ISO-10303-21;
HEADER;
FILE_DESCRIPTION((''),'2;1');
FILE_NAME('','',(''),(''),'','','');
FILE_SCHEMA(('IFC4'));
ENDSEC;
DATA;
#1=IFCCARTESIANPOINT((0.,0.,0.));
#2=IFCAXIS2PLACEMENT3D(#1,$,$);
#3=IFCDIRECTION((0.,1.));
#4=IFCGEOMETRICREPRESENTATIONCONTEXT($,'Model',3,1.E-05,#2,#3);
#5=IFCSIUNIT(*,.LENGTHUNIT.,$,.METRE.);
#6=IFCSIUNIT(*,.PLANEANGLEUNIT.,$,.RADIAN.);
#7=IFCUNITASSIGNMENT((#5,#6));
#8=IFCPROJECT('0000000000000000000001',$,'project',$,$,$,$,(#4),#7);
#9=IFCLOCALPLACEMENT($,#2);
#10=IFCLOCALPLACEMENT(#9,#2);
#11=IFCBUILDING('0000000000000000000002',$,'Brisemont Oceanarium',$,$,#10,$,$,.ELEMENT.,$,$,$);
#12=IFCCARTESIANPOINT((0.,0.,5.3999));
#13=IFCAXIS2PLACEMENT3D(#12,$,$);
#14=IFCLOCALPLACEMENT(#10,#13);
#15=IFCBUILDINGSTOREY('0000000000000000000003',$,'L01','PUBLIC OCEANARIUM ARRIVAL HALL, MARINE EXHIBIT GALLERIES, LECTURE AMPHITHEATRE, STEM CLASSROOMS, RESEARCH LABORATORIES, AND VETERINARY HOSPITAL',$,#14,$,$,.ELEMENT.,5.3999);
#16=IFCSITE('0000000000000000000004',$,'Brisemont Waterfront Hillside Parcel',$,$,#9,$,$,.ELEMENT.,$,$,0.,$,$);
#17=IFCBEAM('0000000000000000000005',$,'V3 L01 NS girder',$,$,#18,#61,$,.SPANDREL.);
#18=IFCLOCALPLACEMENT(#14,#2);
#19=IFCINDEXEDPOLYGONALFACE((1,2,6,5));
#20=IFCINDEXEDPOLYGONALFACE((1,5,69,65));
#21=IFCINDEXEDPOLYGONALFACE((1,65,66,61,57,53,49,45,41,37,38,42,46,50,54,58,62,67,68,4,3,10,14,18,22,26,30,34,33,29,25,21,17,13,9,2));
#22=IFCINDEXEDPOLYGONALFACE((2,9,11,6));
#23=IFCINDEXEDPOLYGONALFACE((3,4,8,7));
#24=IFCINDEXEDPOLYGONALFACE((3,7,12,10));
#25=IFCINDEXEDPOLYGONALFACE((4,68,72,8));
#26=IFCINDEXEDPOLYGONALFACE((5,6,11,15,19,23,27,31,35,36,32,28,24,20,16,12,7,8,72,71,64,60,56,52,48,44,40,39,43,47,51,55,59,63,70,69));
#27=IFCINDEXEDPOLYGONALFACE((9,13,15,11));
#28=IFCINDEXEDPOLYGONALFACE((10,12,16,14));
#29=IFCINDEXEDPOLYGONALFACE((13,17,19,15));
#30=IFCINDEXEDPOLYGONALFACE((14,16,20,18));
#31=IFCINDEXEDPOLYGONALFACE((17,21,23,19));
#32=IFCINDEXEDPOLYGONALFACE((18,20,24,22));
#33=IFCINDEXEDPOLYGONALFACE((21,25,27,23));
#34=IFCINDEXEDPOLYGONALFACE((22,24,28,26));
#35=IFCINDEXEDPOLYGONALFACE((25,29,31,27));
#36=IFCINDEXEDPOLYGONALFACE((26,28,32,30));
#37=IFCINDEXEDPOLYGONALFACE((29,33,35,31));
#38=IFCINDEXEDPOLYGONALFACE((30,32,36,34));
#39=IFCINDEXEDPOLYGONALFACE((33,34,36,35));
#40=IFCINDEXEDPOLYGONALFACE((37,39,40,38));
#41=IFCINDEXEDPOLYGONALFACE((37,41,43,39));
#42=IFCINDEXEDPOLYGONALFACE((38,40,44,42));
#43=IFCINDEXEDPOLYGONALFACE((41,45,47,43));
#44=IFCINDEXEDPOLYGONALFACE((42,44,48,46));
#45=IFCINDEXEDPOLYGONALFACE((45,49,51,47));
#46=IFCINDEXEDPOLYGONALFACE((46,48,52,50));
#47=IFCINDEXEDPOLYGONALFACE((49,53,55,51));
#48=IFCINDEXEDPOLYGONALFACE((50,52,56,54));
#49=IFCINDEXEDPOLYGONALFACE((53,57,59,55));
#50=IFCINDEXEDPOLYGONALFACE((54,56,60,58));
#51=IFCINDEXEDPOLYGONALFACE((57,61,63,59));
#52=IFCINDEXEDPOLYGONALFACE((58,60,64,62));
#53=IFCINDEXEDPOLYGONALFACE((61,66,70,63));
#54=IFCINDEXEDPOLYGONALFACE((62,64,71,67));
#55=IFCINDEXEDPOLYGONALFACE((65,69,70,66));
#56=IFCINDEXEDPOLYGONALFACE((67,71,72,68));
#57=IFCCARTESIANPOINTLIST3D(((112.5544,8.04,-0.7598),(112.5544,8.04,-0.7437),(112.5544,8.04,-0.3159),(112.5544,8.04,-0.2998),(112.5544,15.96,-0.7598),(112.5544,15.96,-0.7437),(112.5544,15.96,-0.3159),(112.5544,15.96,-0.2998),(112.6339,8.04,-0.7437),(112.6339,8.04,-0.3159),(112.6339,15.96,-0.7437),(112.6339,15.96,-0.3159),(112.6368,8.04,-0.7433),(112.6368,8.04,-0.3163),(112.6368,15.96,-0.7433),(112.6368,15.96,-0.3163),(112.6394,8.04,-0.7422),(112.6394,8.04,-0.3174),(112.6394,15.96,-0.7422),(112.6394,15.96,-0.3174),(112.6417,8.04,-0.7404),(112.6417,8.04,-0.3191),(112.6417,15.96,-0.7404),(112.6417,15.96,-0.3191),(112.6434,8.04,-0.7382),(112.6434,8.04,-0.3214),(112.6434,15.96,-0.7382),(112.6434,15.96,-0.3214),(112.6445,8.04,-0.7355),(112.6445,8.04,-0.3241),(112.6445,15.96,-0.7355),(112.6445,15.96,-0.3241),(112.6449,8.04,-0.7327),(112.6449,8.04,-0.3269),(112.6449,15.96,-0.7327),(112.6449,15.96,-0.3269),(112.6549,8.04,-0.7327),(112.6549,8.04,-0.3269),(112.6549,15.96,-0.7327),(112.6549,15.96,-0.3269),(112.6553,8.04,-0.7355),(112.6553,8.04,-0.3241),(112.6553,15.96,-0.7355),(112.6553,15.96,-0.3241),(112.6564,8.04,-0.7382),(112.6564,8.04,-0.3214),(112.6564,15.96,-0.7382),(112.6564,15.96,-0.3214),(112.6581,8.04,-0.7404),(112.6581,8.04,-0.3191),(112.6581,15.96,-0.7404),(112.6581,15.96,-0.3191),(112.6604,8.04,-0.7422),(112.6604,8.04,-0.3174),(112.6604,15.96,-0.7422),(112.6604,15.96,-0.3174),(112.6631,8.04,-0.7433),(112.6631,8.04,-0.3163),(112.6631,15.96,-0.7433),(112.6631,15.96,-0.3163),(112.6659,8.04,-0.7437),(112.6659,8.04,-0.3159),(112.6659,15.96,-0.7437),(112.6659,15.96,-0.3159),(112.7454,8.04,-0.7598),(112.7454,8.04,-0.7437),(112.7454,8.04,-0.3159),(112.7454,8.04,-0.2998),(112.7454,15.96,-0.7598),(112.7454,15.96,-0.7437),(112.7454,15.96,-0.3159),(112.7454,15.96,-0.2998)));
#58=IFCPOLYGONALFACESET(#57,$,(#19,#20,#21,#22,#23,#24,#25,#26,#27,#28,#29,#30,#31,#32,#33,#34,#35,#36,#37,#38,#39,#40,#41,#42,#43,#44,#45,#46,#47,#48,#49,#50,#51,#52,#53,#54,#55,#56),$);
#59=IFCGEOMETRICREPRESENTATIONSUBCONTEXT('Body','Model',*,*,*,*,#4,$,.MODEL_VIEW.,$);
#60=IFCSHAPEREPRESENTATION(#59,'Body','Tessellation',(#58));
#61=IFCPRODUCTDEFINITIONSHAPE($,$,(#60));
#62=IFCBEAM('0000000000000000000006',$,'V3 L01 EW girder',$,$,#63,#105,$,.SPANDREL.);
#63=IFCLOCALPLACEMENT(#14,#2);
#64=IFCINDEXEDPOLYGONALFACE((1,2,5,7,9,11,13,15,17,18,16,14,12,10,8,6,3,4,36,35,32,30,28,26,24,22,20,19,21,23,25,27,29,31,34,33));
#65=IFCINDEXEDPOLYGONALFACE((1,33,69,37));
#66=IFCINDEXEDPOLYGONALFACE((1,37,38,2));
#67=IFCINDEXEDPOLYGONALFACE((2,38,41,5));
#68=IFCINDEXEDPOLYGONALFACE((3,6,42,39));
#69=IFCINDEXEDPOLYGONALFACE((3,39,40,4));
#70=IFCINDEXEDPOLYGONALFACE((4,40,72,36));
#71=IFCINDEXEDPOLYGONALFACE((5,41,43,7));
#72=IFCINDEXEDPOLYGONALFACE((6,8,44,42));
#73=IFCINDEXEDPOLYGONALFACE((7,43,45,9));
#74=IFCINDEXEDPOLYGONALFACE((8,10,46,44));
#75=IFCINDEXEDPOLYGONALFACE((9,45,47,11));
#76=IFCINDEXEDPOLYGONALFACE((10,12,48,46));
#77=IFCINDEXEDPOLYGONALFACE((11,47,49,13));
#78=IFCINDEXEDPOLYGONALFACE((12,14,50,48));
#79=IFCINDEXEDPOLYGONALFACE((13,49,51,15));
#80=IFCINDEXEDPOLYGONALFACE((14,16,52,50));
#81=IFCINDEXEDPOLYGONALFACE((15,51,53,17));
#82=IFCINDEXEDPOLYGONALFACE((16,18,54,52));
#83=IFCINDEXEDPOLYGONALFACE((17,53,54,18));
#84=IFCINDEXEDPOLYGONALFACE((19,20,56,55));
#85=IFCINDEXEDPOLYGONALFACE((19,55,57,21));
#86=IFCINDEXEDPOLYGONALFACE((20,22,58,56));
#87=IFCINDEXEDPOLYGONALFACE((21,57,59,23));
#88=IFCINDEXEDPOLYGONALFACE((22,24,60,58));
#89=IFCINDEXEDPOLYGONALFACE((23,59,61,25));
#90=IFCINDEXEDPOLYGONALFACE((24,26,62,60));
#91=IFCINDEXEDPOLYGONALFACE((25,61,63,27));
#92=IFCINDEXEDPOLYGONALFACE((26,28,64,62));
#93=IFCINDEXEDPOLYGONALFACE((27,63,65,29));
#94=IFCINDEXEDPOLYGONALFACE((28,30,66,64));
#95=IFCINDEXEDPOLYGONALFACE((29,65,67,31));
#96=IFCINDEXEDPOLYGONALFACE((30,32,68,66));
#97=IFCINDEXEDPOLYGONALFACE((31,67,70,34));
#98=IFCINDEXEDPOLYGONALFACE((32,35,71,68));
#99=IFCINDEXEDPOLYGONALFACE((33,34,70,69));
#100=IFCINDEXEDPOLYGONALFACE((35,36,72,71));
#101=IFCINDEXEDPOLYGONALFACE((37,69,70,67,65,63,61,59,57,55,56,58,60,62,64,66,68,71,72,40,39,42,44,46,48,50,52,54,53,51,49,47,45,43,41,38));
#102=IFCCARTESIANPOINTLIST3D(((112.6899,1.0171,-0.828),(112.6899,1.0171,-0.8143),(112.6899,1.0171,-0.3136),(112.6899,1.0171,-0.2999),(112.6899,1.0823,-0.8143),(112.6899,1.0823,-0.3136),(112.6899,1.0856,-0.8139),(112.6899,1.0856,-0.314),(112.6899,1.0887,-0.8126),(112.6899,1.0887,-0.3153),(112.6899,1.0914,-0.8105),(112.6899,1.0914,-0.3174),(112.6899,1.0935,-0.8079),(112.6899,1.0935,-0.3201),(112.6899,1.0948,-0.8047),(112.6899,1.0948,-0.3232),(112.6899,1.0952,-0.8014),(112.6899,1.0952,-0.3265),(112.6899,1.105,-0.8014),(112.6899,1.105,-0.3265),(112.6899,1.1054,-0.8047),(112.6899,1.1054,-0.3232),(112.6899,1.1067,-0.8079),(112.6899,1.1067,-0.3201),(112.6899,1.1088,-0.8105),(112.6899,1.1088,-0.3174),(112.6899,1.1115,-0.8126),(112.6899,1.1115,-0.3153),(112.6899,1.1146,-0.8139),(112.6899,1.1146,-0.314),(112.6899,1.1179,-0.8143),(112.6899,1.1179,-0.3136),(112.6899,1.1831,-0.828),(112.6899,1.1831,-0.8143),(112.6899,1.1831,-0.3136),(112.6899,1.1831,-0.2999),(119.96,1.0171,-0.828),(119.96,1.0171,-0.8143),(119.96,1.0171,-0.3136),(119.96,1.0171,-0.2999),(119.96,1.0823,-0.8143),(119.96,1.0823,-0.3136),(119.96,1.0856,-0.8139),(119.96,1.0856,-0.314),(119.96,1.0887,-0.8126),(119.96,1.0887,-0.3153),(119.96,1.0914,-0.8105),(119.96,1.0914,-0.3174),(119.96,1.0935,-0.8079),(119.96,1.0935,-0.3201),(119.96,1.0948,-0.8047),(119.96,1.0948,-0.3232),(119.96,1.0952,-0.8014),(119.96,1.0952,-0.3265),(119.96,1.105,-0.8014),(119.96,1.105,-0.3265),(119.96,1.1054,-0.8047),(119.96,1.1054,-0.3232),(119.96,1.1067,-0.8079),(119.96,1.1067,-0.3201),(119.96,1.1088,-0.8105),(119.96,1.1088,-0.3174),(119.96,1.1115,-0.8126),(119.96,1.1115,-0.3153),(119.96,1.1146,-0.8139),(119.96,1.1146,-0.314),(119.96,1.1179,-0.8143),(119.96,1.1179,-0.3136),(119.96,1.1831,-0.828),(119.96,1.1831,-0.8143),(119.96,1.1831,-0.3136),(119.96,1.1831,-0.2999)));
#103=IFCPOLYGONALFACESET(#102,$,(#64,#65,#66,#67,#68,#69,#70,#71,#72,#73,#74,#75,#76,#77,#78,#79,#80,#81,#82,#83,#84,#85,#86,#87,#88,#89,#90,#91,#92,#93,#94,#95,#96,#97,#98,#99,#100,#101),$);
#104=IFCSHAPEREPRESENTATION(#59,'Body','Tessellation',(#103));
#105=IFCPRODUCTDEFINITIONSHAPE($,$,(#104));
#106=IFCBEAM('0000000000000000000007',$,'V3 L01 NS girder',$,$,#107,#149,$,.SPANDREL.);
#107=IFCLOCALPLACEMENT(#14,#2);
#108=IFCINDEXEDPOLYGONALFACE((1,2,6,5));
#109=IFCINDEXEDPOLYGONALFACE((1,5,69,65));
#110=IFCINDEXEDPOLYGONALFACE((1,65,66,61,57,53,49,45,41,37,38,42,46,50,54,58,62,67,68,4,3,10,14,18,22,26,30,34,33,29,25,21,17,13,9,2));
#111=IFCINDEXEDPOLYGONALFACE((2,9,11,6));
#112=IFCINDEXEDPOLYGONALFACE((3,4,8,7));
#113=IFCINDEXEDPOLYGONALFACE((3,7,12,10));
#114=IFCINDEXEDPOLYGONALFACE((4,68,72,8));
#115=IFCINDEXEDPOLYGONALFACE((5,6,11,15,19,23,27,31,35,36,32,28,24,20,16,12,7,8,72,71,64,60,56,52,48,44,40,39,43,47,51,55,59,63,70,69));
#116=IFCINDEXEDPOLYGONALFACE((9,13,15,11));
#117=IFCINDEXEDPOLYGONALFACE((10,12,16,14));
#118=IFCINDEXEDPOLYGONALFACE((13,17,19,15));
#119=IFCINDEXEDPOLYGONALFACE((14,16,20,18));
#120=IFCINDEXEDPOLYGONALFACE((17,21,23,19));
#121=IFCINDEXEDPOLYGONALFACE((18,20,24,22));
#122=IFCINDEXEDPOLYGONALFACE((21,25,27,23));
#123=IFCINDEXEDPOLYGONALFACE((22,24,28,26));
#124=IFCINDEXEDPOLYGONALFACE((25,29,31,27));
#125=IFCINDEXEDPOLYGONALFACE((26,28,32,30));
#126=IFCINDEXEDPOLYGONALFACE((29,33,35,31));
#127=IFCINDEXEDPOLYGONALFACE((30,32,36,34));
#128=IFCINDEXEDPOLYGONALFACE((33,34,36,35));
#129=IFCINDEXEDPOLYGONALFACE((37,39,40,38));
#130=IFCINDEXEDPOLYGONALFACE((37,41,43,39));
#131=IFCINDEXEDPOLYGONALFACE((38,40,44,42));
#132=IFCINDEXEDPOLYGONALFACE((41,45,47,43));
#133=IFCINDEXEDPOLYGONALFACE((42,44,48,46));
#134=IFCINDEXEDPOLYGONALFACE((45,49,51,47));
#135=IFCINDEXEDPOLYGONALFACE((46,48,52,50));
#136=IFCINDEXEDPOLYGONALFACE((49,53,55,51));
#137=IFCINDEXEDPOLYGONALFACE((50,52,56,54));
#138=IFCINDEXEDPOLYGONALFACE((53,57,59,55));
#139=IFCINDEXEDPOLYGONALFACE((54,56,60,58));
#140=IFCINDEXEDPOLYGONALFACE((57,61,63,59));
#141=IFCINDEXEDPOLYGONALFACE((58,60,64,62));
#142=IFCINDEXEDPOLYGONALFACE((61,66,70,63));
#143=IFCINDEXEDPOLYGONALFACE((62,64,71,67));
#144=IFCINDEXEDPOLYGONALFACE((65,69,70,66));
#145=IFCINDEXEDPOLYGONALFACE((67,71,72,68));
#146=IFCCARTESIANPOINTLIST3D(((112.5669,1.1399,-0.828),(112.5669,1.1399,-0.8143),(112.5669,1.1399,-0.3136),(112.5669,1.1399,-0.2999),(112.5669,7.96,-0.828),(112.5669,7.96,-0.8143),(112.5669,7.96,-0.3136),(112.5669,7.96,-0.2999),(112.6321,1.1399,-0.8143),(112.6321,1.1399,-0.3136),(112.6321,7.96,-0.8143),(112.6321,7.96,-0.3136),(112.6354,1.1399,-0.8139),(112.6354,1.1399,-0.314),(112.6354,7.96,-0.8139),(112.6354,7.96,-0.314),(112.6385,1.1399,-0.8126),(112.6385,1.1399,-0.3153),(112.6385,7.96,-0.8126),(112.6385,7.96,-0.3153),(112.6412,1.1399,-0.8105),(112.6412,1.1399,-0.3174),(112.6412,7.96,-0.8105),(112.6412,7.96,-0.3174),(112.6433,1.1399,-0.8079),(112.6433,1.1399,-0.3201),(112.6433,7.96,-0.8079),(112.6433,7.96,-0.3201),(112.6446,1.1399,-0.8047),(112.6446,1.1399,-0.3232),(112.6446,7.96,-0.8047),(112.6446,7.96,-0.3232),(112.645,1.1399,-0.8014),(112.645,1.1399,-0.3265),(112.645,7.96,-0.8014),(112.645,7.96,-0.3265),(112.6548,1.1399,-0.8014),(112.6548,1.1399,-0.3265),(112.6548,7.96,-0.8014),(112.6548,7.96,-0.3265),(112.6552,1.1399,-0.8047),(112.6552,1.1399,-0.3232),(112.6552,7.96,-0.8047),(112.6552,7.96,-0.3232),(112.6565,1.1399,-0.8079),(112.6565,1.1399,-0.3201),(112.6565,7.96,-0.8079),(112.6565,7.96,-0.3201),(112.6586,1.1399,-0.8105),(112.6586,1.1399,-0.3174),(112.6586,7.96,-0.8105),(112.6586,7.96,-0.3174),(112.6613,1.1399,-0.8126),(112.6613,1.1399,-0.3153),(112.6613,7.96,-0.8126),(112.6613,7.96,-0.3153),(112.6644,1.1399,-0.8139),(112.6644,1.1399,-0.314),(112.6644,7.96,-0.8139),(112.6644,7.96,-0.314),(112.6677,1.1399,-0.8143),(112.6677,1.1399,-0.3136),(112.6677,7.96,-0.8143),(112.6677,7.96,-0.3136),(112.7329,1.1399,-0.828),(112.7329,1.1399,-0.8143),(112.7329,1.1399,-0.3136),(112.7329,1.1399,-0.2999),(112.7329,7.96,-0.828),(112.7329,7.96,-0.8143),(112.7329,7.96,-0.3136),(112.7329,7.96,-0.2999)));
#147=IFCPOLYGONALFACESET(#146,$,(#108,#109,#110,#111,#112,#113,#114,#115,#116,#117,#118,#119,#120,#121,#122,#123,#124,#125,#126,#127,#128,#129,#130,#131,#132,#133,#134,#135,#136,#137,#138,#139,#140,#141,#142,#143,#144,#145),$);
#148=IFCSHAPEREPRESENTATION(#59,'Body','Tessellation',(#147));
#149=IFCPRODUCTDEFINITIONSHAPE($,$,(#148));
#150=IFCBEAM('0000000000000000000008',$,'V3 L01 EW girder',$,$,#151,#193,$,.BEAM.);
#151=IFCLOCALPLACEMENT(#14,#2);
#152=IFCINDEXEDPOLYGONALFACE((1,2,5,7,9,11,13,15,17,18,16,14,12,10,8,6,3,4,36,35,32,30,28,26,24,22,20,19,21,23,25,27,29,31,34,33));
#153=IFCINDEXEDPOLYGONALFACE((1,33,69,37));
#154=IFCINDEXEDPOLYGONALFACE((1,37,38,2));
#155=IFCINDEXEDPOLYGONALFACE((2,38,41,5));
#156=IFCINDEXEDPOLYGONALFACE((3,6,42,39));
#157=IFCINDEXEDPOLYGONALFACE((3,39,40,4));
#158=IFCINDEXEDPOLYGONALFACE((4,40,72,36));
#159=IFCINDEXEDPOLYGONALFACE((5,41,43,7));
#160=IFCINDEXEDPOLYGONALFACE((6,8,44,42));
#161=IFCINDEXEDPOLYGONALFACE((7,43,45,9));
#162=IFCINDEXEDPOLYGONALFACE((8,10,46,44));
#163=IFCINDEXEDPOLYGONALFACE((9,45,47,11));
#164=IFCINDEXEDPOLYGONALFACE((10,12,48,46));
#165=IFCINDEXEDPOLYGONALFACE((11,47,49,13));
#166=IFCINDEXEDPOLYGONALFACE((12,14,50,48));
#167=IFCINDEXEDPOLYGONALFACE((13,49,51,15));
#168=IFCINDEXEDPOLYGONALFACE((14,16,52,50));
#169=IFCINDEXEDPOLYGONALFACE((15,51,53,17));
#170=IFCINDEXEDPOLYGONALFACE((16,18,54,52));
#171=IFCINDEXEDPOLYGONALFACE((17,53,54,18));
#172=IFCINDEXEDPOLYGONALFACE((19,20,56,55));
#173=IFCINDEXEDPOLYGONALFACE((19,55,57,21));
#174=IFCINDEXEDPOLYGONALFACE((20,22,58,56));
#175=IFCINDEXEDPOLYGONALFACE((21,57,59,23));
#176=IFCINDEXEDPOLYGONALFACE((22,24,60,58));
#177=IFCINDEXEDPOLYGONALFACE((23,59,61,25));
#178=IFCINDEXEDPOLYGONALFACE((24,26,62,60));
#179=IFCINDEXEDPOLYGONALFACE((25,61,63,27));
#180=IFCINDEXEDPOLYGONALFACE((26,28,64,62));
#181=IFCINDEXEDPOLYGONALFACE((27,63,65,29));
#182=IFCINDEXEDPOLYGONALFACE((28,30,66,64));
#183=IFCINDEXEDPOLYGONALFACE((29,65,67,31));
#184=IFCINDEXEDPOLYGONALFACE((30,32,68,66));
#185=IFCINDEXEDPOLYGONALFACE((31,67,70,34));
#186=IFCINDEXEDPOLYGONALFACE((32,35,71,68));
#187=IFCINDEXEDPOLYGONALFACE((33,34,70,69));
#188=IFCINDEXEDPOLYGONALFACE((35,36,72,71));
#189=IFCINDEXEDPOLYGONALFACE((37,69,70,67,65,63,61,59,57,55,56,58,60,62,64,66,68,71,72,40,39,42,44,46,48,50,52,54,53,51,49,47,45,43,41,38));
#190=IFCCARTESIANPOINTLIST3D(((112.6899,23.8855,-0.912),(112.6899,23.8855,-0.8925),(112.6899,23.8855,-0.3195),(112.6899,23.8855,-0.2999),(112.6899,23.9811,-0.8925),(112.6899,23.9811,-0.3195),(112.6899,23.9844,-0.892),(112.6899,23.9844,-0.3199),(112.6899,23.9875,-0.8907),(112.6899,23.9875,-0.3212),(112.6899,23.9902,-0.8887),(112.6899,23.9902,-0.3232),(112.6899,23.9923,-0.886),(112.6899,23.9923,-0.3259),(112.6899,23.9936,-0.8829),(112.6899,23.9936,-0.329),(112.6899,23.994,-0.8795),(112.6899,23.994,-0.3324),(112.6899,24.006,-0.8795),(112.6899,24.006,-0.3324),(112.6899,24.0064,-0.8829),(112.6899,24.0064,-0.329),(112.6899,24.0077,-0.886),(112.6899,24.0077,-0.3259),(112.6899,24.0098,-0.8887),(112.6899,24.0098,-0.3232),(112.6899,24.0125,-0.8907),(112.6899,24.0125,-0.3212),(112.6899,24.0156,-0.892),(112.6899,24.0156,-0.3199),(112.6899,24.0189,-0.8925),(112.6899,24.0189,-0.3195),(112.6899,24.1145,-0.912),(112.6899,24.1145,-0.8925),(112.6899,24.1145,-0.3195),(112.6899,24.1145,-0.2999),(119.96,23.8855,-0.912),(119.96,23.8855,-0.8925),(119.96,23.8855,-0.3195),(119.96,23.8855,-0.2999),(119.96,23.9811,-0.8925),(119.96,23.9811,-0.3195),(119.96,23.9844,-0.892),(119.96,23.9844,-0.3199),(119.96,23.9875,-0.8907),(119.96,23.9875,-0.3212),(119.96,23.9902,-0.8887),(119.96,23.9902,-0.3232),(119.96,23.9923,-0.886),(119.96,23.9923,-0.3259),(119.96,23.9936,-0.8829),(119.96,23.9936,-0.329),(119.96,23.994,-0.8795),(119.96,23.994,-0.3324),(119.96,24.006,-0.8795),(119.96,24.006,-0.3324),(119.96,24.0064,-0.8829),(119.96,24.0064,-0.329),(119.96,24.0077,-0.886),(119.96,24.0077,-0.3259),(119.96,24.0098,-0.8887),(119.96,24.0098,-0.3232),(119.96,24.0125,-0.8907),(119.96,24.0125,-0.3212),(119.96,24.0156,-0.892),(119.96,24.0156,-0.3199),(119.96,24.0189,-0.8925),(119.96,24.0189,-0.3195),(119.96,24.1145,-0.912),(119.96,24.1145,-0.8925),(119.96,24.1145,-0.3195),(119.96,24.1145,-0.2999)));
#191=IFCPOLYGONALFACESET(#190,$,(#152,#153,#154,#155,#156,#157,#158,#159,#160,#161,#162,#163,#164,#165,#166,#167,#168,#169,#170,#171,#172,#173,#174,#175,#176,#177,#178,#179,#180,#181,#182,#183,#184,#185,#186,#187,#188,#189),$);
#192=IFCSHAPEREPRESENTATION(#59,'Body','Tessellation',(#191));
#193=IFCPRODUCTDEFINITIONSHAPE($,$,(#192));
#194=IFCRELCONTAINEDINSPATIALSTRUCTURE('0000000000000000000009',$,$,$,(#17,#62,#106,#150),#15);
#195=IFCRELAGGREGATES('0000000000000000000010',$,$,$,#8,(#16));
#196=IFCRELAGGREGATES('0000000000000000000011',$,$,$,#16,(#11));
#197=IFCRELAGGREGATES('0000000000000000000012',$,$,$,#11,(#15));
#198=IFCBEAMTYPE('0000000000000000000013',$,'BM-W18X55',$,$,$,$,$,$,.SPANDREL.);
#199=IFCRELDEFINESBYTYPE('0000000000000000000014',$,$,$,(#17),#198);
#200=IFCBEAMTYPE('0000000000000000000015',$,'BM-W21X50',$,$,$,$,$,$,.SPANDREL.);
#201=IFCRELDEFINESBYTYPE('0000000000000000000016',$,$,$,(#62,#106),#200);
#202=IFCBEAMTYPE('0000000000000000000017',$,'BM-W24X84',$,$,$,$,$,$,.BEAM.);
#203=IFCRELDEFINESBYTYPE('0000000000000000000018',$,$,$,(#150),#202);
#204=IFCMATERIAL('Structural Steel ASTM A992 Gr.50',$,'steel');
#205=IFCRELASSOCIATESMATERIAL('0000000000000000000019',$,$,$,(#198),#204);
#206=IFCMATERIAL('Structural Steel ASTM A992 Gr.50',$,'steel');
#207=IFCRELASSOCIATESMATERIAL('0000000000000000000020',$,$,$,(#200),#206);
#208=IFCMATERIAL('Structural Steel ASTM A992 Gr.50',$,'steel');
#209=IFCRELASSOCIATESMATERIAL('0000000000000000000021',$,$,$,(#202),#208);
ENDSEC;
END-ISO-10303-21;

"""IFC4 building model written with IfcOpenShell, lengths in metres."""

from ifc_helpers import new_model, si_unit, direction, frame, origin, origin_2d, place, context, subcontext, project, spatial, i_section, extrude, material, material_profile, profile_set, type_object, element, save


model = new_model("IFC4")

# Units and contexts
model_context = context("Model", 3, precision=1e-05, world=origin(), true_north=direction((0.0, 1.0)))
body_context = subcontext(model_context, "Body", "Model", "MODEL_VIEW")
ifc_project = project(units=[si_unit("LENGTHUNIT", "METRE"), si_unit("PLANEANGLEUNIT", "RADIAN")], contexts=[model_context])

# Site, building, storey
site_placement = place(None, origin())
site = spatial("IfcSite", under=ifc_project, at=site_placement, Name="Brisemont Waterfront Hillside Parcel", CompositionType="ELEMENT", RefElevation=0.0)
building_placement = place(site_placement, origin())
building = spatial("IfcBuilding", under=site, at=building_placement, Name="Brisemont Oceanarium", CompositionType="ELEMENT")
storey_placement = place(building_placement, frame((0.0, 0.0, 5.3999)))
storey = spatial("IfcBuildingStorey", under=building, at=storey_placement, Name="L01", Description="PUBLIC OCEANARIUM ARRIVAL HALL, MARINE EXHIBIT GALLERIES, LECTURE AMPHITHEATRE, STEM CLASSROOMS, RESEARCH LABORATORIES, AND VETERINARY HOSPITAL", CompositionType="ELEMENT", Elevation=5.3999)

# Beams
ifc_material_1 = material(Name="Structural Steel ASTM A992 Gr.50", Category="steel")
ifc_material_profile_1 = material_profile(ifc_material_1, i_section(OverallWidth=0.1909, OverallDepth=0.46, WebThickness=0.01, FlangeThickness=0.0161, FilletRadius=0.011, at=origin_2d()), Name="W18X55")
ifc_profile_set_1 = profile_set([ifc_material_profile_1], Name="Structural Steel ASTM A992 Gr.50")
beam_type_1 = type_object("IfcBeamType", Name="BM-W18X55", PredefinedType="SPANDREL", material=ifc_profile_set_1)
beam_1_placement = place(storey_placement, frame((112.6499, 8.04, -0.5298), z_axis=(0.0, 1.0, 0.0), x_axis=(-1.0, 0.0, 0.0)))
element("IfcBeam", 1, at=beam_1_placement, inside=storey, type_object=beam_type_1, Name="V3 L01 NS girder", PredefinedType="SPANDREL", context=body_context, shape_type="SweptSolid", body=[
    extrude(i_section(OverallWidth=0.1909, OverallDepth=0.46, WebThickness=0.01, FlangeThickness=0.0161, FilletRadius=0.011, at=origin_2d()), origin(), (0.0, 0.0, 1.0), 7.9199),
])
ifc_material_2 = material(Name="Structural Steel ASTM A992 Gr.50", Category="steel")
ifc_material_profile_2 = material_profile(ifc_material_2, i_section(OverallWidth=0.166, OverallDepth=0.5281, WebThickness=0.0098, FlangeThickness=0.0137, FilletRadius=0.0129, at=origin_2d()), Name="W21X50")
ifc_profile_set_2 = profile_set([ifc_material_profile_2], Name="Structural Steel ASTM A992 Gr.50")
beam_type_2 = type_object("IfcBeamType", Name="BM-W21X50", PredefinedType="SPANDREL", material=ifc_profile_set_2)
beam_2_placement = place(storey_placement, frame((112.6899, 1.1001, -0.564), z_axis=(1.0, 0.0, 0.0), x_axis=(0.0, 1.0, 0.0)))
element("IfcBeam", 2, at=beam_2_placement, inside=storey, type_object=beam_type_2, Name="V3 L01 EW girder", PredefinedType="SPANDREL", context=body_context, shape_type="SweptSolid", body=[
    extrude(i_section(OverallWidth=0.166, OverallDepth=0.5281, WebThickness=0.0098, FlangeThickness=0.0137, FilletRadius=0.0129, at=origin_2d()), origin(), (0.0, 0.0, 1.0), 7.27),
])
beam_3_placement = place(storey_placement, frame((112.6499, 1.1399, -0.564), z_axis=(0.0, 1.0, 0.0), x_axis=(-1.0, 0.0, 0.0)))
element("IfcBeam", 3, at=beam_3_placement, inside=storey, type_object=beam_type_2, Name="V3 L01 NS girder", PredefinedType="SPANDREL", context=body_context, shape_type="SweptSolid", body=[
    extrude(i_section(OverallWidth=0.166, OverallDepth=0.5281, WebThickness=0.0098, FlangeThickness=0.0137, FilletRadius=0.0129, at=origin_2d()), origin(), (0.0, 0.0, 1.0), 6.8201),
])
ifc_material_3 = material(Name="Structural Steel ASTM A992 Gr.50", Category="steel")
ifc_material_profile_3 = material_profile(ifc_material_3, i_section(OverallWidth=0.229, OverallDepth=0.6121, WebThickness=0.012, FlangeThickness=0.0195, FilletRadius=0.0129, at=origin_2d()), Name="W24X84")
ifc_profile_set_3 = profile_set([ifc_material_profile_3], Name="Structural Steel ASTM A992 Gr.50")
beam_type_3 = type_object("IfcBeamType", Name="BM-W24X84", PredefinedType="BEAM", material=ifc_profile_set_3)
beam_4_placement = place(storey_placement, frame((112.6899, 24.0, -0.606), z_axis=(1.0, 0.0, 0.0), x_axis=(0.0, 1.0, 0.0)))
element("IfcBeam", 4, at=beam_4_placement, inside=storey, type_object=beam_type_3, Name="V3 L01 EW girder", PredefinedType="BEAM", context=body_context, shape_type="SweptSolid", body=[
    extrude(i_section(OverallWidth=0.229, OverallDepth=0.6121, WebThickness=0.012, FlangeThickness=0.0195, FilletRadius=0.0129, at=origin_2d()), origin(), (0.0, 0.0, 1.0), 7.27),
])

save(model, "model.ifc")
